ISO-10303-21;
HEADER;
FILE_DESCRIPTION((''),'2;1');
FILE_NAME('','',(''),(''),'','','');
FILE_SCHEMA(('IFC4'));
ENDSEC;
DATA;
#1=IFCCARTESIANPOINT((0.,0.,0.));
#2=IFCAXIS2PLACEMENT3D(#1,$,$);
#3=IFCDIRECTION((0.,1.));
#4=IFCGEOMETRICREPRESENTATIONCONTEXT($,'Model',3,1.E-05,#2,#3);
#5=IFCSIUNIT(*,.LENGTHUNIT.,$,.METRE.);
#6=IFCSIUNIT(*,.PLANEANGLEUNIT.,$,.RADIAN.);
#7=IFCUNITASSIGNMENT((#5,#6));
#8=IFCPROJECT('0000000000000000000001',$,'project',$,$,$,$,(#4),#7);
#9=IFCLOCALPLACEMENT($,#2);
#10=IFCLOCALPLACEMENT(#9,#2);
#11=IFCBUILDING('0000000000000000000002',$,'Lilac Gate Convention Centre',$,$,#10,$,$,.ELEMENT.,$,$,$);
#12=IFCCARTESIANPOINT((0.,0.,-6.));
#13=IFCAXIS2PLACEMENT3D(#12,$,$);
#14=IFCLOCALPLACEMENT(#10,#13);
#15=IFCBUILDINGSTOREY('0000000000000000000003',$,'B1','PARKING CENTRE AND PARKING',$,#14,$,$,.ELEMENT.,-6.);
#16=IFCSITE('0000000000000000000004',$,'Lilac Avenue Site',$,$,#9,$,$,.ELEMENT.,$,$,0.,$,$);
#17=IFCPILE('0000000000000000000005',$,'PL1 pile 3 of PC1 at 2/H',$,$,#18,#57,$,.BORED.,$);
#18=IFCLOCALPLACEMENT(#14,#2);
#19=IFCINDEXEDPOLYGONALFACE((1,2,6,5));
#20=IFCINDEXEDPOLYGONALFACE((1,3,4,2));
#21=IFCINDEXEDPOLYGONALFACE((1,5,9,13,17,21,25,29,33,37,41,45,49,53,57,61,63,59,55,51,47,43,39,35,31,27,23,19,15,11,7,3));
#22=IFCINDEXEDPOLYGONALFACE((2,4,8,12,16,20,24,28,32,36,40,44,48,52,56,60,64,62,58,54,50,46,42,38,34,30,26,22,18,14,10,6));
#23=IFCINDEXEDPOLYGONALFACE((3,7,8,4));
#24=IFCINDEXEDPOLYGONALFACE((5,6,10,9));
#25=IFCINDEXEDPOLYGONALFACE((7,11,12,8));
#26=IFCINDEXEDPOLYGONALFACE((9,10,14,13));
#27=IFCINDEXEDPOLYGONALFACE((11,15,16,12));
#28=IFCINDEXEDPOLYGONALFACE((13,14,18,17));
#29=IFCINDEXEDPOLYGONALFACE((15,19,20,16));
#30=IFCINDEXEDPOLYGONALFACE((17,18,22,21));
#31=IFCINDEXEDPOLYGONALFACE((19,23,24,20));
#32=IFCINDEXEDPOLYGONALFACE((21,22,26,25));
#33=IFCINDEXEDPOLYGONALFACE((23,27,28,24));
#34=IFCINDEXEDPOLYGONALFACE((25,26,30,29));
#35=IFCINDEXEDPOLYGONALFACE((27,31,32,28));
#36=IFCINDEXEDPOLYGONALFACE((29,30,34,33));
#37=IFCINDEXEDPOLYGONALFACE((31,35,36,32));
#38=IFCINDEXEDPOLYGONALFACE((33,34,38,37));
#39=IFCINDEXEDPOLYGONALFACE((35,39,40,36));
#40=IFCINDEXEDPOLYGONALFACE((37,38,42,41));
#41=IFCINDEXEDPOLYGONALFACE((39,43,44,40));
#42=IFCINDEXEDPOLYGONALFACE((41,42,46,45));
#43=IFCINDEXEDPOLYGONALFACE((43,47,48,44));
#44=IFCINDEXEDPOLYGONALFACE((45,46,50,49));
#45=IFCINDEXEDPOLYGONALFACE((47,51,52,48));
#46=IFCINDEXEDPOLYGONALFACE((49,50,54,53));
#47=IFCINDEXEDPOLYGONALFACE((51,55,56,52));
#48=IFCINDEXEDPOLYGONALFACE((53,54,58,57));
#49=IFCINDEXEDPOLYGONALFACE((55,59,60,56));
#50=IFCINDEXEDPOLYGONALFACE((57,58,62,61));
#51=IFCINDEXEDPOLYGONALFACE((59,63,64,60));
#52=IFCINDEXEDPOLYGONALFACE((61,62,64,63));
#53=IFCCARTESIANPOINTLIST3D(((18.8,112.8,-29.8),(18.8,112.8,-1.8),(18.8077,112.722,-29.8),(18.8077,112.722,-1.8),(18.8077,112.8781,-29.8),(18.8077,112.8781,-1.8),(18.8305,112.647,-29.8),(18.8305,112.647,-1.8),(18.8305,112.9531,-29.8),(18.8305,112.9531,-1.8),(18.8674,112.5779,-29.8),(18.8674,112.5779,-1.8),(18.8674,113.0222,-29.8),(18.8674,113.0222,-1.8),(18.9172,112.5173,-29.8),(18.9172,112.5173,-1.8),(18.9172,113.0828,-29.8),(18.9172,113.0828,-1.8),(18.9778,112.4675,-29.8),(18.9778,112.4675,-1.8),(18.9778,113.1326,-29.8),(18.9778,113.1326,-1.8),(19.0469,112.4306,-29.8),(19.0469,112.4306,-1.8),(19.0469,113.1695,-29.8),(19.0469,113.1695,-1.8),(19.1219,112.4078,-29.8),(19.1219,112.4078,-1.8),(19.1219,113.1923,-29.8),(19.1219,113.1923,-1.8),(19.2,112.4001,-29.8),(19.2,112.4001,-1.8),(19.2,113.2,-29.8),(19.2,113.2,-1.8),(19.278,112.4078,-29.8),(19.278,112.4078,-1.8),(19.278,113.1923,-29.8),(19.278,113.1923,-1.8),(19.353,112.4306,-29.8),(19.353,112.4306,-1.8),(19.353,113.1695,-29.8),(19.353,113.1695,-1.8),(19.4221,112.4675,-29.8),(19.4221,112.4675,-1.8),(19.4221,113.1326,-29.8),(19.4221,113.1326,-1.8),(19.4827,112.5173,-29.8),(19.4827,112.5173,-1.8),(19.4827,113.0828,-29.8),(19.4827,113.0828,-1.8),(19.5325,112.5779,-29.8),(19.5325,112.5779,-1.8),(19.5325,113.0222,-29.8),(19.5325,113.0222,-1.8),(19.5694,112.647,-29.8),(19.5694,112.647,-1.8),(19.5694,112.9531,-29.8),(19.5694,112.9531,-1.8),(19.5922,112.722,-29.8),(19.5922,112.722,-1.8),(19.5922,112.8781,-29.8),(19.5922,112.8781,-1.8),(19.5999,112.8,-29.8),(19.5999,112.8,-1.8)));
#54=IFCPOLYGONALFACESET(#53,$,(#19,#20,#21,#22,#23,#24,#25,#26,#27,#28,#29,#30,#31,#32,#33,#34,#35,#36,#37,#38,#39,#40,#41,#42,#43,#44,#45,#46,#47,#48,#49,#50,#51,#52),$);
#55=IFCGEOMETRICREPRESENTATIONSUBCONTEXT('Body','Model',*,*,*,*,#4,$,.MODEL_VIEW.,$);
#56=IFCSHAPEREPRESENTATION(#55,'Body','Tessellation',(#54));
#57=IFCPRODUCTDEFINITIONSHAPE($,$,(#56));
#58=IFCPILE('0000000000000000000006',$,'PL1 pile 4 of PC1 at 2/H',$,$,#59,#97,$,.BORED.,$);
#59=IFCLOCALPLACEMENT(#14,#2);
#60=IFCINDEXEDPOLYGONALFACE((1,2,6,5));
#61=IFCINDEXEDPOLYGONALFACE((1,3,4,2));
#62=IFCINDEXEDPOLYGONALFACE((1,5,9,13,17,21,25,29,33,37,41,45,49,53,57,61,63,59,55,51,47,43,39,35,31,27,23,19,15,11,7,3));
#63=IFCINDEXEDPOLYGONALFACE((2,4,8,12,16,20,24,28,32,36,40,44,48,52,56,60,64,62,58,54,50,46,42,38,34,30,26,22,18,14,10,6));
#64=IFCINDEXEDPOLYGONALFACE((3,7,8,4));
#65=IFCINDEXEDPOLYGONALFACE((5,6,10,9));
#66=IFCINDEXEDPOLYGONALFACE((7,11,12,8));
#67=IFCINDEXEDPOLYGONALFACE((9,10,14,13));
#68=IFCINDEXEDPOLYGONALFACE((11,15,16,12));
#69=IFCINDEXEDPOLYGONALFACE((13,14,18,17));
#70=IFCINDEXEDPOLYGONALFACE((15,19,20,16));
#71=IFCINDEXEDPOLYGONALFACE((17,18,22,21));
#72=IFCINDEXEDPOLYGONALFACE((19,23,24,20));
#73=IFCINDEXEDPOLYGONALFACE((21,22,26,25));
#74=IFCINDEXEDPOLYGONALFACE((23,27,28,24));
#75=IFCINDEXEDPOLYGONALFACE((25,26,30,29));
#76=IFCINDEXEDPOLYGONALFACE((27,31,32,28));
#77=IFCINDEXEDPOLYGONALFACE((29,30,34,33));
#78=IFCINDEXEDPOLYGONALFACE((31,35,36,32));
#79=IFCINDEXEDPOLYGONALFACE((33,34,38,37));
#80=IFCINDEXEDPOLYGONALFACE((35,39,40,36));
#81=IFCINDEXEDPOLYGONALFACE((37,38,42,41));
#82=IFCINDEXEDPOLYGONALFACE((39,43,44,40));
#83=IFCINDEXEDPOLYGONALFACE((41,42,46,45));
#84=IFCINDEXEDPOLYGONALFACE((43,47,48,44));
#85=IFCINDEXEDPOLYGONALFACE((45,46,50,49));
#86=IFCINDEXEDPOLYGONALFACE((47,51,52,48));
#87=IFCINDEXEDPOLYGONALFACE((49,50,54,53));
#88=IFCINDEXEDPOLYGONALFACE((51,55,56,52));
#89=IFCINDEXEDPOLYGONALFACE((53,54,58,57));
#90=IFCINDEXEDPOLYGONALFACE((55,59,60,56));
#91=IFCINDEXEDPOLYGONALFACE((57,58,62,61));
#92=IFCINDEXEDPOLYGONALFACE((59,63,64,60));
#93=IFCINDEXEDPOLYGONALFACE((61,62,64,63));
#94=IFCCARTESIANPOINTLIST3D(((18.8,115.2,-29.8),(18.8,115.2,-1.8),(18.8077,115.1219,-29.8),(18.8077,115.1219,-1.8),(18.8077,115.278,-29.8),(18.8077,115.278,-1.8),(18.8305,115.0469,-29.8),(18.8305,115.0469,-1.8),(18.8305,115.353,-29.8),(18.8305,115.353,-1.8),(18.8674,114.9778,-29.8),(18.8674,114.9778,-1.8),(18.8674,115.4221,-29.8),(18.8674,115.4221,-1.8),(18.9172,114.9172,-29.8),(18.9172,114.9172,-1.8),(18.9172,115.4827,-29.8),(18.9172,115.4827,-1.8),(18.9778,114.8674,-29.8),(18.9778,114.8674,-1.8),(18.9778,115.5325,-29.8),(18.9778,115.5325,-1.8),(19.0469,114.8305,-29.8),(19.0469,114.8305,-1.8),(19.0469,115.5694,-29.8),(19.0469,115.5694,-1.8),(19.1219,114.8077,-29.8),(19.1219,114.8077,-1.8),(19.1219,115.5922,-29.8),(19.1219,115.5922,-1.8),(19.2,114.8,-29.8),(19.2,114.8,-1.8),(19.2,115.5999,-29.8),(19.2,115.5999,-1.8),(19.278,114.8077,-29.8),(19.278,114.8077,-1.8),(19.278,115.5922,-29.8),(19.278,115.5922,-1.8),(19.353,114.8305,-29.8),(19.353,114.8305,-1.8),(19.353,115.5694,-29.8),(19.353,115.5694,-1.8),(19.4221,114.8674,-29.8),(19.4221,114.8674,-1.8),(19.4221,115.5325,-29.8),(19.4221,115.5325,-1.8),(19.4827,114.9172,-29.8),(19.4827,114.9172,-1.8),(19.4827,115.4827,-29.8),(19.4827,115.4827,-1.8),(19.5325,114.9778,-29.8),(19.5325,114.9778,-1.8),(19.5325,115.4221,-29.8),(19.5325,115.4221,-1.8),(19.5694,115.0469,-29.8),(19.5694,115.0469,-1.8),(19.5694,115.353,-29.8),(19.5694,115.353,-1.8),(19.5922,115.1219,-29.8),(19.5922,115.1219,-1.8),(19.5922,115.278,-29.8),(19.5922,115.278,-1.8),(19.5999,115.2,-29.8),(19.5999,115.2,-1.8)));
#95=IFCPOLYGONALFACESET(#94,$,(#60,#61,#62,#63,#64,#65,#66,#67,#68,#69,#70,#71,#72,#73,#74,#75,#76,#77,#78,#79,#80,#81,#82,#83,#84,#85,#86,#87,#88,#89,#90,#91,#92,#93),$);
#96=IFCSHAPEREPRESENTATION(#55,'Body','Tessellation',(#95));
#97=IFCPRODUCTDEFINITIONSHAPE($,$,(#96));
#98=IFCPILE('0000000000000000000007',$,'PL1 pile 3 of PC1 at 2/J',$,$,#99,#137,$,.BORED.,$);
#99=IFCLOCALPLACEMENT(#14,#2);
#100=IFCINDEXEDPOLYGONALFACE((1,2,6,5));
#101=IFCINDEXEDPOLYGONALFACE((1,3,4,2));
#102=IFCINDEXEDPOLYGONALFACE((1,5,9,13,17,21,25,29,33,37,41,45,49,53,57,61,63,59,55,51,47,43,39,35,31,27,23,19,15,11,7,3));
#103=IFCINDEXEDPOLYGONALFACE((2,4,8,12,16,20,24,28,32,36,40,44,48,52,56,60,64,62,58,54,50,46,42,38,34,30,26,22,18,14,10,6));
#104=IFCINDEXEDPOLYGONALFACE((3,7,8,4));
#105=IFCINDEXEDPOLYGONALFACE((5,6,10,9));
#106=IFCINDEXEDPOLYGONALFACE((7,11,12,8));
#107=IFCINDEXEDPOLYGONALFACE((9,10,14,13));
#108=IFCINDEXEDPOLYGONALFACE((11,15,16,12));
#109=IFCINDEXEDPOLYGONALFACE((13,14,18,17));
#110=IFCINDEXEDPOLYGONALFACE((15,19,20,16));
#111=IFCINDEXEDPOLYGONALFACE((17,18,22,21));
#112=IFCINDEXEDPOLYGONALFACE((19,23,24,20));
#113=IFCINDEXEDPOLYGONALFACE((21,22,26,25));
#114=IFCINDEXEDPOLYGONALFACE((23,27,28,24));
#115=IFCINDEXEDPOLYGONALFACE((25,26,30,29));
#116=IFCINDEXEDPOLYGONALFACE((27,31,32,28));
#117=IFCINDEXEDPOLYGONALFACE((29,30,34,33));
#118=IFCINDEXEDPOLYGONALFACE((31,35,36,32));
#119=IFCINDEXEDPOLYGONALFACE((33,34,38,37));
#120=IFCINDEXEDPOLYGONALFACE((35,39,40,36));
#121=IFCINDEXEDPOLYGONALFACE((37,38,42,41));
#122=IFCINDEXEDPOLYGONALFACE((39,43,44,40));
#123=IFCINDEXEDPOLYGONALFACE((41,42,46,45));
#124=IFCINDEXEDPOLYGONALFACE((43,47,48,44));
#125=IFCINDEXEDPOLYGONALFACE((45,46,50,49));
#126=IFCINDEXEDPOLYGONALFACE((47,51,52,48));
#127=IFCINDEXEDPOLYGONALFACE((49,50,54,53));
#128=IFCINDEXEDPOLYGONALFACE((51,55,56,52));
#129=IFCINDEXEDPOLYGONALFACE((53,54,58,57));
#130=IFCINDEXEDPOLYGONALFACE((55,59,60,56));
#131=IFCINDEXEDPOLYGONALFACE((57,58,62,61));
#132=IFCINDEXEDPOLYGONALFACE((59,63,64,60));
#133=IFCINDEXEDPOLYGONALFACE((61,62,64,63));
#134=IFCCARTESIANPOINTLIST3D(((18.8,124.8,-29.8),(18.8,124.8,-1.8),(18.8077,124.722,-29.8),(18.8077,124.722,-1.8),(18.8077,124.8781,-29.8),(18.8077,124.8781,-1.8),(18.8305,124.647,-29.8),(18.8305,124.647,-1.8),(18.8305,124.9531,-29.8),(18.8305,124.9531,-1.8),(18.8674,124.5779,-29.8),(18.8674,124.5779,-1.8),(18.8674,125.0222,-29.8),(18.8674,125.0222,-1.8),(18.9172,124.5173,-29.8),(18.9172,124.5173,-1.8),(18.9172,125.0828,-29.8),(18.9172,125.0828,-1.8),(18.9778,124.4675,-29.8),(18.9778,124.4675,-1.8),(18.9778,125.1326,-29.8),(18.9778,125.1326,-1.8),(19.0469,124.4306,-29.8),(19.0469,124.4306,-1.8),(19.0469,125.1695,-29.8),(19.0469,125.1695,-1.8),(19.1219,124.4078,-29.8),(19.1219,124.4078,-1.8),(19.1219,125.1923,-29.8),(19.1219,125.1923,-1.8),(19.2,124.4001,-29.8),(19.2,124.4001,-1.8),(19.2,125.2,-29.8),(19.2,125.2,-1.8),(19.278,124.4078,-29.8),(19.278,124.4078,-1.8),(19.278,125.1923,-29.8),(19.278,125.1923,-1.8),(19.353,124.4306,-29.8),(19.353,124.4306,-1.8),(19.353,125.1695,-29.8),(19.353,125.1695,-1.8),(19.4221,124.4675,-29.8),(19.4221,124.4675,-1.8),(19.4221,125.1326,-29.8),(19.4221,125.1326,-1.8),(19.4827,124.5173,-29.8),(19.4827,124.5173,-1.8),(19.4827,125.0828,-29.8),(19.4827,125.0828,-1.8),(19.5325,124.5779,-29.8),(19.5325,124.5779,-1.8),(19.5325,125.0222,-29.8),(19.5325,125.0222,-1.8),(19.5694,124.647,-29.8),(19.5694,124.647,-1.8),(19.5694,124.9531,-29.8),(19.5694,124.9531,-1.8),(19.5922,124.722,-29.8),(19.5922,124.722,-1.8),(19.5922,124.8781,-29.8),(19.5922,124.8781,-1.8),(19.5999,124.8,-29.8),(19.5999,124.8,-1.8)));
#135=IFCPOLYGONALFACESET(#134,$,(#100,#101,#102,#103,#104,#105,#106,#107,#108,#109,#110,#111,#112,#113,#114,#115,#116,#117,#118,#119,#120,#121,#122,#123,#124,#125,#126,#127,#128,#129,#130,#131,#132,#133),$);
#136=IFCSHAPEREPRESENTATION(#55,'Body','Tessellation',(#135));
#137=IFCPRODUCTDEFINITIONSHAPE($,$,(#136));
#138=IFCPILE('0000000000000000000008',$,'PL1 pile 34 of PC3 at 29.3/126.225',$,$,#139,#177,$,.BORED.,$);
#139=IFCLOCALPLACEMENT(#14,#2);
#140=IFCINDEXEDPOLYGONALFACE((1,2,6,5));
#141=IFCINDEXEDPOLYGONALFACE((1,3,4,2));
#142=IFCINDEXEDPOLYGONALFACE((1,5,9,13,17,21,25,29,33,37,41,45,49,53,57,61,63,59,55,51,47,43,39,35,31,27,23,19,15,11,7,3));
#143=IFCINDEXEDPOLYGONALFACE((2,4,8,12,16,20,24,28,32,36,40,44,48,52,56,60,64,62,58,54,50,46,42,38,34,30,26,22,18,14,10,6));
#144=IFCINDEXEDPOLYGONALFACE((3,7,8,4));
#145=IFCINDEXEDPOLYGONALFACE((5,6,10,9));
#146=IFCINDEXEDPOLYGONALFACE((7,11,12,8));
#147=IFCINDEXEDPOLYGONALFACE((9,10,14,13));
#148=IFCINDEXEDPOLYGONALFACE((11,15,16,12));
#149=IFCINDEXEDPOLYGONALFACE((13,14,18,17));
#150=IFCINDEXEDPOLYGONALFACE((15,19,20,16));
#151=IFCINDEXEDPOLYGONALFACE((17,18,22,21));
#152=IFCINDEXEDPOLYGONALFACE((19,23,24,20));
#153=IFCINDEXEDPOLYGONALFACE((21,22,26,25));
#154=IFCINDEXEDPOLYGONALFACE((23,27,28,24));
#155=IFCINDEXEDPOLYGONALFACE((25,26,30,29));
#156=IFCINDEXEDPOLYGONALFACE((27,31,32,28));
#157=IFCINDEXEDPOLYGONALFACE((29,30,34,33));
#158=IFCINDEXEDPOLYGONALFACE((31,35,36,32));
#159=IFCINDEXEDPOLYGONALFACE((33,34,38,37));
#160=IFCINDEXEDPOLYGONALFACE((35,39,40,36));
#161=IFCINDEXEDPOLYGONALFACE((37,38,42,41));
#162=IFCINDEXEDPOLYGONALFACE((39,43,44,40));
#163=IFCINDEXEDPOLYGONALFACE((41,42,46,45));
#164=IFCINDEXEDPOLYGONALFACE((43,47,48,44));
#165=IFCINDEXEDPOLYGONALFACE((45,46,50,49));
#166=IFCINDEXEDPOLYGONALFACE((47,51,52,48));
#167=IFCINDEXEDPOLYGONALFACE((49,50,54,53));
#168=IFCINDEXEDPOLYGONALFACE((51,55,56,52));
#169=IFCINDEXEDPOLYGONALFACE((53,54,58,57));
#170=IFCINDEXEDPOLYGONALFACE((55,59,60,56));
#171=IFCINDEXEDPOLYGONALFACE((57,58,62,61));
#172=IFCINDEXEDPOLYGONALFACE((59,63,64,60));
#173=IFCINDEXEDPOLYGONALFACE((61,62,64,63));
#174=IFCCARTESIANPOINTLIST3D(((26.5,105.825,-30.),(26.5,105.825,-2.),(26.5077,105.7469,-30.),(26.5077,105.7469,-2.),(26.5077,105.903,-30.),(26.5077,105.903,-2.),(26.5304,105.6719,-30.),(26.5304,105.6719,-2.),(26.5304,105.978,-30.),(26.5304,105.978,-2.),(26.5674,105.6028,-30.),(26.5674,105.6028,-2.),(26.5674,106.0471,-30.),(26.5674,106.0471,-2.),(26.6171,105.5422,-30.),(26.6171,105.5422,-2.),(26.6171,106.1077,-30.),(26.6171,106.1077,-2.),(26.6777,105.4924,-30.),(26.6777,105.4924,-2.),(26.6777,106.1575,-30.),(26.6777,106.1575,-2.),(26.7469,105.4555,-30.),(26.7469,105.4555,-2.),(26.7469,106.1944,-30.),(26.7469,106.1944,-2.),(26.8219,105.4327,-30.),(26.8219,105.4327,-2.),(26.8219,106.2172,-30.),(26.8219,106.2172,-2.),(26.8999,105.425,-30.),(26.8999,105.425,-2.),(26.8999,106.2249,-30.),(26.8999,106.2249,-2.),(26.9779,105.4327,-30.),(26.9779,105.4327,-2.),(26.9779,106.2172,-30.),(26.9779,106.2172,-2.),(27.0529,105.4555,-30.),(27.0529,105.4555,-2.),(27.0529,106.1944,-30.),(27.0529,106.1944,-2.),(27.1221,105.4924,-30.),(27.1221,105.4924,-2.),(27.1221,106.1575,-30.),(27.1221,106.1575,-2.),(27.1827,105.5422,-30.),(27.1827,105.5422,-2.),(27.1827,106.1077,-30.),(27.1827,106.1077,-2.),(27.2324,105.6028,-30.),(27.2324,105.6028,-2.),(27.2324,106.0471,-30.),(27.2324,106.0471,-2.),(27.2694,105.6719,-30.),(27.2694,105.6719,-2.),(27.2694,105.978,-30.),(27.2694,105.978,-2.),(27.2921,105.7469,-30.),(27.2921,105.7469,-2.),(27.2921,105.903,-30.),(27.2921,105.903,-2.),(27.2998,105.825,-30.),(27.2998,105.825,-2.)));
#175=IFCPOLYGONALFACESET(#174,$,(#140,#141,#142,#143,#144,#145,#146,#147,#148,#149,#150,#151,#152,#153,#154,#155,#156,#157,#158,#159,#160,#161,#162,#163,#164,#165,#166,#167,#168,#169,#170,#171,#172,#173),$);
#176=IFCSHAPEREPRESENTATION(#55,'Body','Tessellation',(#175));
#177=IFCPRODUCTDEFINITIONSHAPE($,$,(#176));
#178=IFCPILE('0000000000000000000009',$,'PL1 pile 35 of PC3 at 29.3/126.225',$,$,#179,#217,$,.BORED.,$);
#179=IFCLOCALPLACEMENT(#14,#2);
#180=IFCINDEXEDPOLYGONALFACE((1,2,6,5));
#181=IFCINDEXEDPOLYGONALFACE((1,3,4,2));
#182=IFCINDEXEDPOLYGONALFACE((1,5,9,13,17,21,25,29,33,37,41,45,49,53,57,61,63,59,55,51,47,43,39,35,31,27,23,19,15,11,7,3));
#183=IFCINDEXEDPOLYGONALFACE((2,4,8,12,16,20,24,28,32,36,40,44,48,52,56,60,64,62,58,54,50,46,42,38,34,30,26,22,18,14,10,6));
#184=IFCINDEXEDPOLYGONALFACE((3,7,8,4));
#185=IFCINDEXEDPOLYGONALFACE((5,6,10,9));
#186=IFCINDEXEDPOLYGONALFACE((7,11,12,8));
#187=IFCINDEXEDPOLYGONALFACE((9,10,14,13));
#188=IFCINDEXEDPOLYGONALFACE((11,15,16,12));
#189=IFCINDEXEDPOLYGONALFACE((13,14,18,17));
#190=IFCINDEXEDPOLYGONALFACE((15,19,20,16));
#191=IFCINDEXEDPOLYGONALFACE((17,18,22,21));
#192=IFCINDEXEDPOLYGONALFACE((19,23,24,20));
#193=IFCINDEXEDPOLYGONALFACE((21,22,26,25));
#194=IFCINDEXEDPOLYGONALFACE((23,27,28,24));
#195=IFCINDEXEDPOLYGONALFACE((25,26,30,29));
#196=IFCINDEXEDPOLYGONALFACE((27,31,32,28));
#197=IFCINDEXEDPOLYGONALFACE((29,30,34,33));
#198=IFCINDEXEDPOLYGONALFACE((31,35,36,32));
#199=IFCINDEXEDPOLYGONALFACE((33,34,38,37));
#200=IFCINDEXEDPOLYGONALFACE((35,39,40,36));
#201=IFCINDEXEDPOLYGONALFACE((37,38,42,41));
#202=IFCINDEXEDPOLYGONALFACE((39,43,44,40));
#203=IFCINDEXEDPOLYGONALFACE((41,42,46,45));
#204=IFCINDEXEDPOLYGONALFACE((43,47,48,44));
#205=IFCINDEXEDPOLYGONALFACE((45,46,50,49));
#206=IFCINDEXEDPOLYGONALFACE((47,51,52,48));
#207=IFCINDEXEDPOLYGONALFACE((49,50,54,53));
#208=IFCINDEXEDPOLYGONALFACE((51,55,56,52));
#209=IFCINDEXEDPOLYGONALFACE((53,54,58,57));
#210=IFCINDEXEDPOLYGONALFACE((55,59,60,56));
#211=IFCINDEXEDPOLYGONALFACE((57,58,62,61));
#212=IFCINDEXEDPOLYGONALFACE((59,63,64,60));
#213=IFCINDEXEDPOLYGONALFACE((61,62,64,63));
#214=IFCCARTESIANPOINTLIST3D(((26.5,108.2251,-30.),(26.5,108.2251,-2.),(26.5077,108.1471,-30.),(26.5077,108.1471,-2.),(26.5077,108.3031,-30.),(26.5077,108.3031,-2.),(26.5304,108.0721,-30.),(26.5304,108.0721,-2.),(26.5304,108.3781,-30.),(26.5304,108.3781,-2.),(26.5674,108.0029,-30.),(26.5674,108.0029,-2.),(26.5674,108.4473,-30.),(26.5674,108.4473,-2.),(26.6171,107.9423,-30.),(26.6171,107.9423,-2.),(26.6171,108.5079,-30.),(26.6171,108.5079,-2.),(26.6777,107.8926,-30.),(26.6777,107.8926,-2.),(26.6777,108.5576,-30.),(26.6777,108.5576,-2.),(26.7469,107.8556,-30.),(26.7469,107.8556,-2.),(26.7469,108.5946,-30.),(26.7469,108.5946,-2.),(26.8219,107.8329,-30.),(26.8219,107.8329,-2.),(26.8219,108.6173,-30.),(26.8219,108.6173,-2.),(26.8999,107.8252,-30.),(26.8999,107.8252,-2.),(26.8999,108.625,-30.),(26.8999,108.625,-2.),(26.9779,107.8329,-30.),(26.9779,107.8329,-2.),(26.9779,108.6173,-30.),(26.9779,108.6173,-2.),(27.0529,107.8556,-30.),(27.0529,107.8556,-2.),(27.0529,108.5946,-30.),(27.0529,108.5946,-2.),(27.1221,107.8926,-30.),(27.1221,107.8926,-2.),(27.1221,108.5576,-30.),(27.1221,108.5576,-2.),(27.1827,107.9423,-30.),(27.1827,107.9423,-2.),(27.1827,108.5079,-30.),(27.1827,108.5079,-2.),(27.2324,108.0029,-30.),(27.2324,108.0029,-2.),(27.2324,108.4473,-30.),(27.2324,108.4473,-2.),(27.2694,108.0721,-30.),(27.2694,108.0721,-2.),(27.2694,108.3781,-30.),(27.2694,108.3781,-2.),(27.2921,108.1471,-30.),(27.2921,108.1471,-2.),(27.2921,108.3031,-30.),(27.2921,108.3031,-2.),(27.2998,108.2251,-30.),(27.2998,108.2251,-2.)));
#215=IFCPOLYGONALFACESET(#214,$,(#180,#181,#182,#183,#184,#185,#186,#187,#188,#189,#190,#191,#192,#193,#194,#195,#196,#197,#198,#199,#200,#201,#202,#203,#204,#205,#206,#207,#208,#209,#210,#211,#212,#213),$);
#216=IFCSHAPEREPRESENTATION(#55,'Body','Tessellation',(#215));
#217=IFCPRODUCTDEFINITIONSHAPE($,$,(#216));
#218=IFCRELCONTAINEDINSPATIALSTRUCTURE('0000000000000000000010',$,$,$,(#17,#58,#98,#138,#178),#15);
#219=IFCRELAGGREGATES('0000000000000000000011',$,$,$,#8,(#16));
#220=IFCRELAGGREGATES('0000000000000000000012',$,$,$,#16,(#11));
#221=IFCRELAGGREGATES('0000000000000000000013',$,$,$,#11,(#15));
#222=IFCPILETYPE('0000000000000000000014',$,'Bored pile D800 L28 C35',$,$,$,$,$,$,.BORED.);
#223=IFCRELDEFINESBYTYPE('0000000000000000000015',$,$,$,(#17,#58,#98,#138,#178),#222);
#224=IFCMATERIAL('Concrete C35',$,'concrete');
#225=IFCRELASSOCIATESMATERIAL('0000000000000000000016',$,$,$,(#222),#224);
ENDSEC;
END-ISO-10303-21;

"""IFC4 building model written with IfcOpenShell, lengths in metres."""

from ifc_helpers import new_model, si_unit, direction, frame, origin, origin_2d, place, context, subcontext, project, spatial, circle, extrude, material, material_profile, profile_set, type_object, element, save


model = new_model("IFC4")

# Units and contexts
model_context = context("Model", 3, precision=1e-05, world=origin(), true_north=direction((0.0, 1.0)))
body_context = subcontext(model_context, "Body", "Model", "MODEL_VIEW")
ifc_project = project(units=[si_unit("LENGTHUNIT", "METRE"), si_unit("PLANEANGLEUNIT", "RADIAN")], contexts=[model_context])

# Site, building, storey
site_placement = place(None, origin())
site = spatial("IfcSite", under=ifc_project, at=site_placement, Name="Lilac Avenue Site", CompositionType="ELEMENT", RefElevation=0.0)
building_placement = place(site_placement, origin())
building = spatial("IfcBuilding", under=site, at=building_placement, Name="Lilac Gate Convention Centre", CompositionType="ELEMENT")
storey_placement = place(building_placement, frame((0.0, 0.0, -6.0)))
storey = spatial("IfcBuildingStorey", under=building, at=storey_placement, Name="B1", Description="PARKING CENTRE AND PARKING", CompositionType="ELEMENT", Elevation=-6.0)

# Piles
ifc_material_1 = material(Name="Concrete C35", Category="concrete")
ifc_material_profile_1 = material_profile(ifc_material_1, circle(Radius=0.3999, at=origin_2d()), Name="D800")
ifc_profile_set_1 = profile_set([ifc_material_profile_1], Name="Concrete C35")
pile_type = type_object("IfcPileType", Name="Bored pile D800 L28 C35", PredefinedType="BORED", material=ifc_profile_set_1)
for number, where, z_axis, x_axis, name in (
    (1, (19.2, 112.8, -1.8), (0.0, 0.0, -1.0), (1.0, 0.0, 0.0), "PL1 pile 3 of PC1 at 2/H"),
    (2, (19.2, 115.2, -1.8), (0.0, 0.0, -1.0), (1.0, 0.0, 0.0), "PL1 pile 4 of PC1 at 2/H"),
    (3, (19.2, 124.8, -1.8), (0.0, 0.0, -1.0), (1.0, 0.0, 0.0), "PL1 pile 3 of PC1 at 2/J"),
    (4, (26.8999, 105.825, -2.0), (0.0, 0.0, -1.0), (1.0, 0.0, 0.0), "PL1 pile 34 of PC3 at 29.3/126.225"),
    (5, (26.8999, 108.2251, -2.0), (0.0, 0.0, -1.0), (1.0, 0.0, 0.0), "PL1 pile 35 of PC3 at 29.3/126.225"),
):
    element("IfcPile", number, at=place(storey_placement, frame(where, z_axis=z_axis, x_axis=x_axis)), inside=storey, type_object=pile_type, Name=name, PredefinedType="BORED", context=body_context, shape_type="SweptSolid", body=[
        extrude(circle(Radius=0.3999, at=origin_2d()), origin(), (0.0, 0.0, 1.0), 28.0),
    ])

save(model, "model.ifc")
